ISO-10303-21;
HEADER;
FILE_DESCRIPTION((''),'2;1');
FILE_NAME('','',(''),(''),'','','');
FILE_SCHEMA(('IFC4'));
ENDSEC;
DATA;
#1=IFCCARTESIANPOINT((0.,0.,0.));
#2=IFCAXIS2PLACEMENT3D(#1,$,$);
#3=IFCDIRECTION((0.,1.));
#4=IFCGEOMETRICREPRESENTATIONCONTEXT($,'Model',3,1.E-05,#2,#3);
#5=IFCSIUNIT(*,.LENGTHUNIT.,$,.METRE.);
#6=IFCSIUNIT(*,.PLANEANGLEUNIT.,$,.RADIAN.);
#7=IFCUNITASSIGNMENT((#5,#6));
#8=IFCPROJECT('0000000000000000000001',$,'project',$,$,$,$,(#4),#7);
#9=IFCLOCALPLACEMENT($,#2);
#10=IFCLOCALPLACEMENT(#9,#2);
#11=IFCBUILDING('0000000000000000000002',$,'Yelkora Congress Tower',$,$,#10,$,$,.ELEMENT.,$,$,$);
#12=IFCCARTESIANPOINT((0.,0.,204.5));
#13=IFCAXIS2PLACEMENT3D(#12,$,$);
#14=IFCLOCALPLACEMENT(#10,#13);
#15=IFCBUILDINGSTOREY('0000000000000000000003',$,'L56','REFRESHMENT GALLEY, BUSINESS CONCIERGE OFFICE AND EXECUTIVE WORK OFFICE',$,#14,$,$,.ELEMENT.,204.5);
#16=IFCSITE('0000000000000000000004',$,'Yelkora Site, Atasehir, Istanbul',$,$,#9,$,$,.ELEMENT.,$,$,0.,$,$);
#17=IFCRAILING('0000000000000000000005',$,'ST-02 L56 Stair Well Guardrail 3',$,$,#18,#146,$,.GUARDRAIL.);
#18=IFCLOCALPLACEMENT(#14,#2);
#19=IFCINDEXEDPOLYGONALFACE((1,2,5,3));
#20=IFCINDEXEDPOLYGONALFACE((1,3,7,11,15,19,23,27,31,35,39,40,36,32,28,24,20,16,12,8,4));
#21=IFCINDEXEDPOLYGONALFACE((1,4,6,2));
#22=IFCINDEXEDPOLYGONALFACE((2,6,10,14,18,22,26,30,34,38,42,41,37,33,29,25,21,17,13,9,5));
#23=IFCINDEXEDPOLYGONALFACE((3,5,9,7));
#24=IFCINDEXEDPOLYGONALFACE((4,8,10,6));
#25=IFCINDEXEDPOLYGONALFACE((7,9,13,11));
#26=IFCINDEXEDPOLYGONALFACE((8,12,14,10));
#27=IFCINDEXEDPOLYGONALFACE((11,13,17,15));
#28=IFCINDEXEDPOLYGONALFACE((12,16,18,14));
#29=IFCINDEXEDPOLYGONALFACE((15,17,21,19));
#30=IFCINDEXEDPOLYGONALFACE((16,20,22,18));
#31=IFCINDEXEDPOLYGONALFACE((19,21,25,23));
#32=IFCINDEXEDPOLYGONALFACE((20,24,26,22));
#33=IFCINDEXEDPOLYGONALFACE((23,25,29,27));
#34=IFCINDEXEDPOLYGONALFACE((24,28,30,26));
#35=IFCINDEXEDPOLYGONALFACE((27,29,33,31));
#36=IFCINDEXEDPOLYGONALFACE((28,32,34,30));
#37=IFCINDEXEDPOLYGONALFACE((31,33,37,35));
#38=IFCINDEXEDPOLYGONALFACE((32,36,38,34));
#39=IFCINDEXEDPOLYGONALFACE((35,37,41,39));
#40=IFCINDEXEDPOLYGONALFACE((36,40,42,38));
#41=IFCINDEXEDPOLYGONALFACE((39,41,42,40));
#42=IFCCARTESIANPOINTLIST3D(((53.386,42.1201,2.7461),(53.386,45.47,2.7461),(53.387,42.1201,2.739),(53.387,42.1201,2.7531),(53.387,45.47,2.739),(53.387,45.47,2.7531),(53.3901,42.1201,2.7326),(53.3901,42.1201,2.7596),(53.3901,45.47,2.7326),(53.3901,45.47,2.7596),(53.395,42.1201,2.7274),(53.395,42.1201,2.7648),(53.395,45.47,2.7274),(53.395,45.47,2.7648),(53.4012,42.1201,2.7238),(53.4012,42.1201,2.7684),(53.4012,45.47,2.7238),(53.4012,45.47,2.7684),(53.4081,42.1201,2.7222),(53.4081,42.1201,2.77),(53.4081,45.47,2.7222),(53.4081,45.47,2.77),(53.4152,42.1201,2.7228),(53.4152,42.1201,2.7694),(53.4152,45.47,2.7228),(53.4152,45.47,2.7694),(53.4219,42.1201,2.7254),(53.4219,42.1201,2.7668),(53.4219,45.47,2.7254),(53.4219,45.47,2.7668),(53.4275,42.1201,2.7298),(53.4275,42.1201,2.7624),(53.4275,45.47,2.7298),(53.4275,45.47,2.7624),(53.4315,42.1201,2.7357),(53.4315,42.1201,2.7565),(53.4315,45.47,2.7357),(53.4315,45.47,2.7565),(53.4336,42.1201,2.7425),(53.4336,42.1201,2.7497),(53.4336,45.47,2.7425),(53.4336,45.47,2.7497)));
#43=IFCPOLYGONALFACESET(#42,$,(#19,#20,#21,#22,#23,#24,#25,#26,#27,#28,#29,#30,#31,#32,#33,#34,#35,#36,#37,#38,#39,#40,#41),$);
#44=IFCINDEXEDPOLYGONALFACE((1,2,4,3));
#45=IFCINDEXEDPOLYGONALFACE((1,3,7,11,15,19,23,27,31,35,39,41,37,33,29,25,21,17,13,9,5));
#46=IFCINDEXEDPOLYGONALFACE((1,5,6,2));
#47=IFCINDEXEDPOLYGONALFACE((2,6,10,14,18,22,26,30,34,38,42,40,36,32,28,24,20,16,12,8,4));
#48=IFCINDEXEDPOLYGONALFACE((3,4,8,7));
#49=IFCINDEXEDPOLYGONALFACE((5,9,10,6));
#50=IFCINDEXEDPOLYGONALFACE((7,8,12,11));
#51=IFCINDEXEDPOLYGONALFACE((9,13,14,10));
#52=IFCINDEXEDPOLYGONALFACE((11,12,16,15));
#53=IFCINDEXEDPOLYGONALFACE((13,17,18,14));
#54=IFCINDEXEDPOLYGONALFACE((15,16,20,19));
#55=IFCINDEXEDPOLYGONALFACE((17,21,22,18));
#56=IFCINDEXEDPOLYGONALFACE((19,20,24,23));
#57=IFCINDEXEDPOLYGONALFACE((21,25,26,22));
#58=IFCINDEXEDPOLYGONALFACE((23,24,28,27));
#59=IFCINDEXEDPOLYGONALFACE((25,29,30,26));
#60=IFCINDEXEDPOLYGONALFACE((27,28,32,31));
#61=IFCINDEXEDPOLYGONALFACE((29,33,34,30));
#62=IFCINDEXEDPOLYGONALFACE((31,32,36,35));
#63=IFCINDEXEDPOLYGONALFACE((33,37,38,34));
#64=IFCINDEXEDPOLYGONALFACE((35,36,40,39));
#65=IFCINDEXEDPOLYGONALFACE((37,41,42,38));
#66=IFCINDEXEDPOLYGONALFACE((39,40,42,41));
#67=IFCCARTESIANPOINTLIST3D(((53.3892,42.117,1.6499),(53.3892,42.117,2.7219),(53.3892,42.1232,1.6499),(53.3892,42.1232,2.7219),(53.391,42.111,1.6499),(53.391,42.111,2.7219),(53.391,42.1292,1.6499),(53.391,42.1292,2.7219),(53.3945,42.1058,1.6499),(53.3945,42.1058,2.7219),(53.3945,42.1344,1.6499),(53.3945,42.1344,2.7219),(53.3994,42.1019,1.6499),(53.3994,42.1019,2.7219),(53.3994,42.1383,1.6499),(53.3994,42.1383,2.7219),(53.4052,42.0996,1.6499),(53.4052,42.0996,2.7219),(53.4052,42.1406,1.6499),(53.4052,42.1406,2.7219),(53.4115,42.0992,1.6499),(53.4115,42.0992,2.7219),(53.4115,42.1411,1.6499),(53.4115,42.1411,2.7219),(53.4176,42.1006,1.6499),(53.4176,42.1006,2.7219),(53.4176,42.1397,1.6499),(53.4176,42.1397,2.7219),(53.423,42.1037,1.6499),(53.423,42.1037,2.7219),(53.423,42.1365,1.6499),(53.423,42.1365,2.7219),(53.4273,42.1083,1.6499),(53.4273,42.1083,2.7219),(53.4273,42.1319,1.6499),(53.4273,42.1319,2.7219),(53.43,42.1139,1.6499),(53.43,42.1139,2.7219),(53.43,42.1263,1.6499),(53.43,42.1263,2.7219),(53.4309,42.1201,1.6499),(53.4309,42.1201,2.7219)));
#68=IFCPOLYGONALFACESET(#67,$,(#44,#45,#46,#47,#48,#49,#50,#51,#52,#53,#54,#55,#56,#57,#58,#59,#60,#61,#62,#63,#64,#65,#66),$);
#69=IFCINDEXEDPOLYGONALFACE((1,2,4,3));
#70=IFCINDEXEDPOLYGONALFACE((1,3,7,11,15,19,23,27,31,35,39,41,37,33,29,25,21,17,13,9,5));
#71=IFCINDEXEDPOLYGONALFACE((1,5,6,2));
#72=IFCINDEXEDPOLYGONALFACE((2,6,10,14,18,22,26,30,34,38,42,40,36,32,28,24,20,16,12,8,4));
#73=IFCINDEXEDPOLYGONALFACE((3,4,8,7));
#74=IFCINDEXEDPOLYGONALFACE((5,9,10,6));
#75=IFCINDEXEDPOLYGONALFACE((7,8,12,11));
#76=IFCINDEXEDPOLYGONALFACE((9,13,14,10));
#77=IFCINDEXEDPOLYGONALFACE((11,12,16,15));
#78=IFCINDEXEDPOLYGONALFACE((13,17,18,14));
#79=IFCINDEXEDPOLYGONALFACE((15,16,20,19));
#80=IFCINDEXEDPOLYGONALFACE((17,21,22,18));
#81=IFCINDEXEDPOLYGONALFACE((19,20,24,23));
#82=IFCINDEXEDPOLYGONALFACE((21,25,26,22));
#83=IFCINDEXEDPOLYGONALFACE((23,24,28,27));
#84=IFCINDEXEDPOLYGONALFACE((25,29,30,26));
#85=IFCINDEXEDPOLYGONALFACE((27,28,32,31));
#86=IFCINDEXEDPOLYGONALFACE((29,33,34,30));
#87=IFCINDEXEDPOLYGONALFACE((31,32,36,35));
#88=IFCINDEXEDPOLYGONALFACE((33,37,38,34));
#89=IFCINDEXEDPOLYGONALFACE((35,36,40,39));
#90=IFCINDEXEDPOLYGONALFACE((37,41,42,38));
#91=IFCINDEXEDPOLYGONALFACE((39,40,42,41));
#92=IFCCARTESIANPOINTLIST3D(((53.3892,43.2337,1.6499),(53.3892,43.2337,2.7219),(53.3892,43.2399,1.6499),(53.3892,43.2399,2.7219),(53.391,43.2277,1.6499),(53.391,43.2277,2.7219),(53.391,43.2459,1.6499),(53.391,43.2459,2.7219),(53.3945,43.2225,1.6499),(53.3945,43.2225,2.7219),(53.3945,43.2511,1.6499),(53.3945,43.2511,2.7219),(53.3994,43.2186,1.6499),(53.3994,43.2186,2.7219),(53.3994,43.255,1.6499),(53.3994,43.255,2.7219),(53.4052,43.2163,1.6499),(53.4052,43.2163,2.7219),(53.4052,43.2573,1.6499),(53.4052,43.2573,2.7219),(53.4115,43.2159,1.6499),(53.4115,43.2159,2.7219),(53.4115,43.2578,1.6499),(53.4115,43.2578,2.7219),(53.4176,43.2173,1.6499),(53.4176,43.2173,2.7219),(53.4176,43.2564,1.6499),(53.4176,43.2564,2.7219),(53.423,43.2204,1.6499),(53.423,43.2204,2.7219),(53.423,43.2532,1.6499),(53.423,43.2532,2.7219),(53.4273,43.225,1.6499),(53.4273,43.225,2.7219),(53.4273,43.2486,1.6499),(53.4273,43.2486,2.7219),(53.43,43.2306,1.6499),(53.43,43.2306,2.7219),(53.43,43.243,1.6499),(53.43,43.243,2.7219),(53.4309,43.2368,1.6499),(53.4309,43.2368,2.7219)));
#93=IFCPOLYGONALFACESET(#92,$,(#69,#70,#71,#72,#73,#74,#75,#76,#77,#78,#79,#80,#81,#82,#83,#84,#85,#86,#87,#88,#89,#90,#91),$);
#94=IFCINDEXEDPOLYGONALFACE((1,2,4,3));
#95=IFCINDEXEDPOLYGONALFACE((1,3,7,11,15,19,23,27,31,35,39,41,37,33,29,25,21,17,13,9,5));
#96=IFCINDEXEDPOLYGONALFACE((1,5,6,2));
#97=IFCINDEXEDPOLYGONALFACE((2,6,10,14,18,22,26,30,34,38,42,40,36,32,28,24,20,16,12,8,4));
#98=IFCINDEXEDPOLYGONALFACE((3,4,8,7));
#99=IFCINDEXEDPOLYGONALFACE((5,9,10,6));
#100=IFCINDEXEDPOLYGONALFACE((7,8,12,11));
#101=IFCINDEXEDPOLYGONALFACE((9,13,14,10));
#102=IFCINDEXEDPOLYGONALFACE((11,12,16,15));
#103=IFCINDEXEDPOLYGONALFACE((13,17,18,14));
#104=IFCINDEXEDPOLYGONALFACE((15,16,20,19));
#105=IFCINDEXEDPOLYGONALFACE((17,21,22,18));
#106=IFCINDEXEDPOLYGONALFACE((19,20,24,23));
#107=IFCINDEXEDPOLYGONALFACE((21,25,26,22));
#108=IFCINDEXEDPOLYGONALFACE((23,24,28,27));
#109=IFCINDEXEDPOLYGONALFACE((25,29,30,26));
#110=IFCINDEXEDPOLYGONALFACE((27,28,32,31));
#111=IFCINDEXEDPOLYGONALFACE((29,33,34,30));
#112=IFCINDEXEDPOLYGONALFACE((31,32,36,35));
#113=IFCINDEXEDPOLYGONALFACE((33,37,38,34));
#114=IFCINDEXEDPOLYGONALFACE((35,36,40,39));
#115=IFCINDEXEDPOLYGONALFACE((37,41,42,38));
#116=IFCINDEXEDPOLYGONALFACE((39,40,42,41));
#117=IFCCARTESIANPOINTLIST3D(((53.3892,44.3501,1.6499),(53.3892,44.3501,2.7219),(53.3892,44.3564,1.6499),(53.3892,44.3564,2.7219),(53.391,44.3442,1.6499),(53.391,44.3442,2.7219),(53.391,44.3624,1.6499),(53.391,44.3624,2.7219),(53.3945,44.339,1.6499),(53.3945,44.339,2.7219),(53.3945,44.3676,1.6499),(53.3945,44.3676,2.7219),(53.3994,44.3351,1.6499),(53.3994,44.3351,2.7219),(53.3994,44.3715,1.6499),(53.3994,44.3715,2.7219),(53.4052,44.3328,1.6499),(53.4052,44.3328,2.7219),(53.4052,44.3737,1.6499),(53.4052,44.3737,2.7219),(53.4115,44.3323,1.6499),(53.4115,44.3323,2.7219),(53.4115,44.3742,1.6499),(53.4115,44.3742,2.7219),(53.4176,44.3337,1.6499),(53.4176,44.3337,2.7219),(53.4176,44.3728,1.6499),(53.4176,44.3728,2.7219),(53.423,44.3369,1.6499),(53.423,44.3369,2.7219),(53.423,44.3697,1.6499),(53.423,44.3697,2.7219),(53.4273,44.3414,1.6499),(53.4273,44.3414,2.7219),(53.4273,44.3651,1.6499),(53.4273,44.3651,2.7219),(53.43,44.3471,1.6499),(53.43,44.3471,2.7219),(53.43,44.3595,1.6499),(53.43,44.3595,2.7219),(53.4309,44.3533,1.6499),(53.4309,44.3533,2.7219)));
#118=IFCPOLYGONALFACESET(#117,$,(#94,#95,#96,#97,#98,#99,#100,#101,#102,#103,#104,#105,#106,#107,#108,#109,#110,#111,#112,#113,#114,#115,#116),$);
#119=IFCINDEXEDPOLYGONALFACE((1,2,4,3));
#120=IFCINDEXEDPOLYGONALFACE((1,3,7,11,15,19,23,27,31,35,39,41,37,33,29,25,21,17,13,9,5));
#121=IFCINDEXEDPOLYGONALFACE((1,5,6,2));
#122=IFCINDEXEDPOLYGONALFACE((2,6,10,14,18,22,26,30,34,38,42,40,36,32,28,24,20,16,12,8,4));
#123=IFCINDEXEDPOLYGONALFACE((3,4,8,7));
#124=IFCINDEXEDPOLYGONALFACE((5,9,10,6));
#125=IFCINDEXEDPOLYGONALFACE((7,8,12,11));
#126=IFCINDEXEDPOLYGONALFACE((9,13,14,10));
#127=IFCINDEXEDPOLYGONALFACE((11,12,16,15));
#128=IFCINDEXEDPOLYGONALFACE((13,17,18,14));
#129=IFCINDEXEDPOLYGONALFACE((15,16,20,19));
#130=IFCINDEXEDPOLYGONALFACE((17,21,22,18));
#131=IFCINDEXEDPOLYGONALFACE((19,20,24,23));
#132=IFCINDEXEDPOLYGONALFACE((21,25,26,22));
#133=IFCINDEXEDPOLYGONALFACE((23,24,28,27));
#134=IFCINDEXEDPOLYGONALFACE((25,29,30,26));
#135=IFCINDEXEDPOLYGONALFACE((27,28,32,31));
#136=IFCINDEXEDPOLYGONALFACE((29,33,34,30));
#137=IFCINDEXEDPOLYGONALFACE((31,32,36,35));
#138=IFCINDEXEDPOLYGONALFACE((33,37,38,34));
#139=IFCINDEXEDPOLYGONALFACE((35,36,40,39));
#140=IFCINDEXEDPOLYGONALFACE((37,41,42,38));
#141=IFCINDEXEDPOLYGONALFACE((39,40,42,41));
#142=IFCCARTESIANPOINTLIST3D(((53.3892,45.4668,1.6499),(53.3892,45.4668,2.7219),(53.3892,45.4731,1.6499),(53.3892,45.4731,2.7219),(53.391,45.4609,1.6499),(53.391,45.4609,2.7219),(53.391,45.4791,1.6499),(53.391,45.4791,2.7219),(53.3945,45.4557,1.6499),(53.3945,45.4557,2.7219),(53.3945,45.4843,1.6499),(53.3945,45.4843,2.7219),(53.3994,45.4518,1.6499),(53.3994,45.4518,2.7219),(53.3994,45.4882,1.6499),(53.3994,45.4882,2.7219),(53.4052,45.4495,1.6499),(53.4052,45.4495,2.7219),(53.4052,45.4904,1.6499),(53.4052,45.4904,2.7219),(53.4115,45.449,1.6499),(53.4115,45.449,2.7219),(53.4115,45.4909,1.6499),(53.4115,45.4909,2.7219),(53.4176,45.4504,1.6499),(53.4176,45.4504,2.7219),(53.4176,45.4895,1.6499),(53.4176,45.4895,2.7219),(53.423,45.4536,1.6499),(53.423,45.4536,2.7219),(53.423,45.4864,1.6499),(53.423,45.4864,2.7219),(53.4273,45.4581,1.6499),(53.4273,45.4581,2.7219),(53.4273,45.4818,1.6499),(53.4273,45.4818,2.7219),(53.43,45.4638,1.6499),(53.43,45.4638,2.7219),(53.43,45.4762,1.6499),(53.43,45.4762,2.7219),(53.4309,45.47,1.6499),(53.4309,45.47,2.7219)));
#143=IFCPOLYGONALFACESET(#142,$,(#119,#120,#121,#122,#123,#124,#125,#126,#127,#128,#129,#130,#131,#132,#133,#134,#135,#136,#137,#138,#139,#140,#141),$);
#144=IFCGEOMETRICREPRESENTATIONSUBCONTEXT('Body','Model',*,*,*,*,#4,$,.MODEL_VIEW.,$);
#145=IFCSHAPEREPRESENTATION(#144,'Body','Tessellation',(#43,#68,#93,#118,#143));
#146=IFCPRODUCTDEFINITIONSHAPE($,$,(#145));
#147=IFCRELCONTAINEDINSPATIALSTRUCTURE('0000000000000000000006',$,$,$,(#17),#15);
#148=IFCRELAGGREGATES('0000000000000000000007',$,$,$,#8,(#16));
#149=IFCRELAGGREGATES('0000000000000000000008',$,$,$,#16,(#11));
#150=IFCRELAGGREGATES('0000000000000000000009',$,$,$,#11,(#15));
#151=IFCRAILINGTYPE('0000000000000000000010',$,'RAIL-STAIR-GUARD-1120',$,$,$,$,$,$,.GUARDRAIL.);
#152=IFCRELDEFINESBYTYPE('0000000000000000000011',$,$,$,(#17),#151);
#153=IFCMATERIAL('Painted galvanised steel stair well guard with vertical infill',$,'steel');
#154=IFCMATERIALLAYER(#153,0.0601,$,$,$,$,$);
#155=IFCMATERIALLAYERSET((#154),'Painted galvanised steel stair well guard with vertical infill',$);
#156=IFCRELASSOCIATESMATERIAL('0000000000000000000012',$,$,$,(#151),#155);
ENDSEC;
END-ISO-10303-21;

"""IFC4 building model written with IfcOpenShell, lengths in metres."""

from ifc_helpers import new_model, si_unit, direction, frame, origin, origin_2d, place, context, subcontext, project, spatial, circle, extrude, material, layer, layer_set, type_object, element, save


model = new_model("IFC4")

# Units and contexts
model_context = context("Model", 3, precision=1e-05, world=origin(), true_north=direction((0.0, 1.0)))
body_context = subcontext(model_context, "Body", "Model", "MODEL_VIEW")
ifc_project = project(units=[si_unit("LENGTHUNIT", "METRE"), si_unit("PLANEANGLEUNIT", "RADIAN")], contexts=[model_context])

# Site, building, storey
site_placement = place(None, origin())
site = spatial("IfcSite", under=ifc_project, at=site_placement, Name="Yelkora Site, Atasehir, Istanbul", CompositionType="ELEMENT", RefElevation=0.0)
building_placement = place(site_placement, origin())
building = spatial("IfcBuilding", under=site, at=building_placement, Name="Yelkora Congress Tower", CompositionType="ELEMENT")
storey_placement = place(building_placement, frame((0.0, 0.0, 204.5)))
storey = spatial("IfcBuildingStorey", under=building, at=storey_placement, Name="L56", Description="REFRESHMENT GALLEY, BUSINESS CONCIERGE OFFICE AND EXECUTIVE WORK OFFICE", CompositionType="ELEMENT", Elevation=204.5)

# Railing
ifc_material_1 = material(Name="Painted galvanised steel stair well guard with vertical infill", Category="steel")
ifc_layer_1 = layer(ifc_material_1, 0.0601)
ifc_layer_set_1 = layer_set([ifc_layer_1], Name="Painted galvanised steel stair well guard with vertical infill")
railing_type_1 = type_object("IfcRailingType", Name="RAIL-STAIR-GUARD-1120", PredefinedType="GUARDRAIL", material=ifc_layer_set_1)
for number, where, name in (
    (1, (53.4099, 42.1201, 1.6499), "ST-02 L56 Stair Well Guardrail 3"),
):
    element("IfcRailing", number, at=place(storey_placement, frame(where)), inside=storey, type_object=railing_type_1, Name=name, PredefinedType="GUARDRAIL", context=body_context, shape_type="SweptSolid", body=[
        extrude(circle(Radius=0.0239, at=origin_2d()), frame((0.0, 0.0, 1.0962), z_axis=(0.0, 1.0, 0.0), x_axis=(-1.0, 0.0, 0.0)), (0.0, 0.0, 1.0), 3.3499),
        extrude(circle(Radius=0.021, at=origin_2d()), origin(), (0.0, 0.0, 1.0), 1.072),
        extrude(circle(Radius=0.021, at=origin_2d()), frame((0.0, 1.1167, 0.0)), (0.0, 0.0, 1.0), 1.072),
        extrude(circle(Radius=0.021, at=origin_2d()), frame((0.0, 2.2332, 0.0)), (0.0, 0.0, 1.0), 1.072),
        extrude(circle(Radius=0.021, at=origin_2d()), frame((0.0, 3.3499, 0.0)), (0.0, 0.0, 1.0), 1.072),
    ])

save(model, "model.ifc")
